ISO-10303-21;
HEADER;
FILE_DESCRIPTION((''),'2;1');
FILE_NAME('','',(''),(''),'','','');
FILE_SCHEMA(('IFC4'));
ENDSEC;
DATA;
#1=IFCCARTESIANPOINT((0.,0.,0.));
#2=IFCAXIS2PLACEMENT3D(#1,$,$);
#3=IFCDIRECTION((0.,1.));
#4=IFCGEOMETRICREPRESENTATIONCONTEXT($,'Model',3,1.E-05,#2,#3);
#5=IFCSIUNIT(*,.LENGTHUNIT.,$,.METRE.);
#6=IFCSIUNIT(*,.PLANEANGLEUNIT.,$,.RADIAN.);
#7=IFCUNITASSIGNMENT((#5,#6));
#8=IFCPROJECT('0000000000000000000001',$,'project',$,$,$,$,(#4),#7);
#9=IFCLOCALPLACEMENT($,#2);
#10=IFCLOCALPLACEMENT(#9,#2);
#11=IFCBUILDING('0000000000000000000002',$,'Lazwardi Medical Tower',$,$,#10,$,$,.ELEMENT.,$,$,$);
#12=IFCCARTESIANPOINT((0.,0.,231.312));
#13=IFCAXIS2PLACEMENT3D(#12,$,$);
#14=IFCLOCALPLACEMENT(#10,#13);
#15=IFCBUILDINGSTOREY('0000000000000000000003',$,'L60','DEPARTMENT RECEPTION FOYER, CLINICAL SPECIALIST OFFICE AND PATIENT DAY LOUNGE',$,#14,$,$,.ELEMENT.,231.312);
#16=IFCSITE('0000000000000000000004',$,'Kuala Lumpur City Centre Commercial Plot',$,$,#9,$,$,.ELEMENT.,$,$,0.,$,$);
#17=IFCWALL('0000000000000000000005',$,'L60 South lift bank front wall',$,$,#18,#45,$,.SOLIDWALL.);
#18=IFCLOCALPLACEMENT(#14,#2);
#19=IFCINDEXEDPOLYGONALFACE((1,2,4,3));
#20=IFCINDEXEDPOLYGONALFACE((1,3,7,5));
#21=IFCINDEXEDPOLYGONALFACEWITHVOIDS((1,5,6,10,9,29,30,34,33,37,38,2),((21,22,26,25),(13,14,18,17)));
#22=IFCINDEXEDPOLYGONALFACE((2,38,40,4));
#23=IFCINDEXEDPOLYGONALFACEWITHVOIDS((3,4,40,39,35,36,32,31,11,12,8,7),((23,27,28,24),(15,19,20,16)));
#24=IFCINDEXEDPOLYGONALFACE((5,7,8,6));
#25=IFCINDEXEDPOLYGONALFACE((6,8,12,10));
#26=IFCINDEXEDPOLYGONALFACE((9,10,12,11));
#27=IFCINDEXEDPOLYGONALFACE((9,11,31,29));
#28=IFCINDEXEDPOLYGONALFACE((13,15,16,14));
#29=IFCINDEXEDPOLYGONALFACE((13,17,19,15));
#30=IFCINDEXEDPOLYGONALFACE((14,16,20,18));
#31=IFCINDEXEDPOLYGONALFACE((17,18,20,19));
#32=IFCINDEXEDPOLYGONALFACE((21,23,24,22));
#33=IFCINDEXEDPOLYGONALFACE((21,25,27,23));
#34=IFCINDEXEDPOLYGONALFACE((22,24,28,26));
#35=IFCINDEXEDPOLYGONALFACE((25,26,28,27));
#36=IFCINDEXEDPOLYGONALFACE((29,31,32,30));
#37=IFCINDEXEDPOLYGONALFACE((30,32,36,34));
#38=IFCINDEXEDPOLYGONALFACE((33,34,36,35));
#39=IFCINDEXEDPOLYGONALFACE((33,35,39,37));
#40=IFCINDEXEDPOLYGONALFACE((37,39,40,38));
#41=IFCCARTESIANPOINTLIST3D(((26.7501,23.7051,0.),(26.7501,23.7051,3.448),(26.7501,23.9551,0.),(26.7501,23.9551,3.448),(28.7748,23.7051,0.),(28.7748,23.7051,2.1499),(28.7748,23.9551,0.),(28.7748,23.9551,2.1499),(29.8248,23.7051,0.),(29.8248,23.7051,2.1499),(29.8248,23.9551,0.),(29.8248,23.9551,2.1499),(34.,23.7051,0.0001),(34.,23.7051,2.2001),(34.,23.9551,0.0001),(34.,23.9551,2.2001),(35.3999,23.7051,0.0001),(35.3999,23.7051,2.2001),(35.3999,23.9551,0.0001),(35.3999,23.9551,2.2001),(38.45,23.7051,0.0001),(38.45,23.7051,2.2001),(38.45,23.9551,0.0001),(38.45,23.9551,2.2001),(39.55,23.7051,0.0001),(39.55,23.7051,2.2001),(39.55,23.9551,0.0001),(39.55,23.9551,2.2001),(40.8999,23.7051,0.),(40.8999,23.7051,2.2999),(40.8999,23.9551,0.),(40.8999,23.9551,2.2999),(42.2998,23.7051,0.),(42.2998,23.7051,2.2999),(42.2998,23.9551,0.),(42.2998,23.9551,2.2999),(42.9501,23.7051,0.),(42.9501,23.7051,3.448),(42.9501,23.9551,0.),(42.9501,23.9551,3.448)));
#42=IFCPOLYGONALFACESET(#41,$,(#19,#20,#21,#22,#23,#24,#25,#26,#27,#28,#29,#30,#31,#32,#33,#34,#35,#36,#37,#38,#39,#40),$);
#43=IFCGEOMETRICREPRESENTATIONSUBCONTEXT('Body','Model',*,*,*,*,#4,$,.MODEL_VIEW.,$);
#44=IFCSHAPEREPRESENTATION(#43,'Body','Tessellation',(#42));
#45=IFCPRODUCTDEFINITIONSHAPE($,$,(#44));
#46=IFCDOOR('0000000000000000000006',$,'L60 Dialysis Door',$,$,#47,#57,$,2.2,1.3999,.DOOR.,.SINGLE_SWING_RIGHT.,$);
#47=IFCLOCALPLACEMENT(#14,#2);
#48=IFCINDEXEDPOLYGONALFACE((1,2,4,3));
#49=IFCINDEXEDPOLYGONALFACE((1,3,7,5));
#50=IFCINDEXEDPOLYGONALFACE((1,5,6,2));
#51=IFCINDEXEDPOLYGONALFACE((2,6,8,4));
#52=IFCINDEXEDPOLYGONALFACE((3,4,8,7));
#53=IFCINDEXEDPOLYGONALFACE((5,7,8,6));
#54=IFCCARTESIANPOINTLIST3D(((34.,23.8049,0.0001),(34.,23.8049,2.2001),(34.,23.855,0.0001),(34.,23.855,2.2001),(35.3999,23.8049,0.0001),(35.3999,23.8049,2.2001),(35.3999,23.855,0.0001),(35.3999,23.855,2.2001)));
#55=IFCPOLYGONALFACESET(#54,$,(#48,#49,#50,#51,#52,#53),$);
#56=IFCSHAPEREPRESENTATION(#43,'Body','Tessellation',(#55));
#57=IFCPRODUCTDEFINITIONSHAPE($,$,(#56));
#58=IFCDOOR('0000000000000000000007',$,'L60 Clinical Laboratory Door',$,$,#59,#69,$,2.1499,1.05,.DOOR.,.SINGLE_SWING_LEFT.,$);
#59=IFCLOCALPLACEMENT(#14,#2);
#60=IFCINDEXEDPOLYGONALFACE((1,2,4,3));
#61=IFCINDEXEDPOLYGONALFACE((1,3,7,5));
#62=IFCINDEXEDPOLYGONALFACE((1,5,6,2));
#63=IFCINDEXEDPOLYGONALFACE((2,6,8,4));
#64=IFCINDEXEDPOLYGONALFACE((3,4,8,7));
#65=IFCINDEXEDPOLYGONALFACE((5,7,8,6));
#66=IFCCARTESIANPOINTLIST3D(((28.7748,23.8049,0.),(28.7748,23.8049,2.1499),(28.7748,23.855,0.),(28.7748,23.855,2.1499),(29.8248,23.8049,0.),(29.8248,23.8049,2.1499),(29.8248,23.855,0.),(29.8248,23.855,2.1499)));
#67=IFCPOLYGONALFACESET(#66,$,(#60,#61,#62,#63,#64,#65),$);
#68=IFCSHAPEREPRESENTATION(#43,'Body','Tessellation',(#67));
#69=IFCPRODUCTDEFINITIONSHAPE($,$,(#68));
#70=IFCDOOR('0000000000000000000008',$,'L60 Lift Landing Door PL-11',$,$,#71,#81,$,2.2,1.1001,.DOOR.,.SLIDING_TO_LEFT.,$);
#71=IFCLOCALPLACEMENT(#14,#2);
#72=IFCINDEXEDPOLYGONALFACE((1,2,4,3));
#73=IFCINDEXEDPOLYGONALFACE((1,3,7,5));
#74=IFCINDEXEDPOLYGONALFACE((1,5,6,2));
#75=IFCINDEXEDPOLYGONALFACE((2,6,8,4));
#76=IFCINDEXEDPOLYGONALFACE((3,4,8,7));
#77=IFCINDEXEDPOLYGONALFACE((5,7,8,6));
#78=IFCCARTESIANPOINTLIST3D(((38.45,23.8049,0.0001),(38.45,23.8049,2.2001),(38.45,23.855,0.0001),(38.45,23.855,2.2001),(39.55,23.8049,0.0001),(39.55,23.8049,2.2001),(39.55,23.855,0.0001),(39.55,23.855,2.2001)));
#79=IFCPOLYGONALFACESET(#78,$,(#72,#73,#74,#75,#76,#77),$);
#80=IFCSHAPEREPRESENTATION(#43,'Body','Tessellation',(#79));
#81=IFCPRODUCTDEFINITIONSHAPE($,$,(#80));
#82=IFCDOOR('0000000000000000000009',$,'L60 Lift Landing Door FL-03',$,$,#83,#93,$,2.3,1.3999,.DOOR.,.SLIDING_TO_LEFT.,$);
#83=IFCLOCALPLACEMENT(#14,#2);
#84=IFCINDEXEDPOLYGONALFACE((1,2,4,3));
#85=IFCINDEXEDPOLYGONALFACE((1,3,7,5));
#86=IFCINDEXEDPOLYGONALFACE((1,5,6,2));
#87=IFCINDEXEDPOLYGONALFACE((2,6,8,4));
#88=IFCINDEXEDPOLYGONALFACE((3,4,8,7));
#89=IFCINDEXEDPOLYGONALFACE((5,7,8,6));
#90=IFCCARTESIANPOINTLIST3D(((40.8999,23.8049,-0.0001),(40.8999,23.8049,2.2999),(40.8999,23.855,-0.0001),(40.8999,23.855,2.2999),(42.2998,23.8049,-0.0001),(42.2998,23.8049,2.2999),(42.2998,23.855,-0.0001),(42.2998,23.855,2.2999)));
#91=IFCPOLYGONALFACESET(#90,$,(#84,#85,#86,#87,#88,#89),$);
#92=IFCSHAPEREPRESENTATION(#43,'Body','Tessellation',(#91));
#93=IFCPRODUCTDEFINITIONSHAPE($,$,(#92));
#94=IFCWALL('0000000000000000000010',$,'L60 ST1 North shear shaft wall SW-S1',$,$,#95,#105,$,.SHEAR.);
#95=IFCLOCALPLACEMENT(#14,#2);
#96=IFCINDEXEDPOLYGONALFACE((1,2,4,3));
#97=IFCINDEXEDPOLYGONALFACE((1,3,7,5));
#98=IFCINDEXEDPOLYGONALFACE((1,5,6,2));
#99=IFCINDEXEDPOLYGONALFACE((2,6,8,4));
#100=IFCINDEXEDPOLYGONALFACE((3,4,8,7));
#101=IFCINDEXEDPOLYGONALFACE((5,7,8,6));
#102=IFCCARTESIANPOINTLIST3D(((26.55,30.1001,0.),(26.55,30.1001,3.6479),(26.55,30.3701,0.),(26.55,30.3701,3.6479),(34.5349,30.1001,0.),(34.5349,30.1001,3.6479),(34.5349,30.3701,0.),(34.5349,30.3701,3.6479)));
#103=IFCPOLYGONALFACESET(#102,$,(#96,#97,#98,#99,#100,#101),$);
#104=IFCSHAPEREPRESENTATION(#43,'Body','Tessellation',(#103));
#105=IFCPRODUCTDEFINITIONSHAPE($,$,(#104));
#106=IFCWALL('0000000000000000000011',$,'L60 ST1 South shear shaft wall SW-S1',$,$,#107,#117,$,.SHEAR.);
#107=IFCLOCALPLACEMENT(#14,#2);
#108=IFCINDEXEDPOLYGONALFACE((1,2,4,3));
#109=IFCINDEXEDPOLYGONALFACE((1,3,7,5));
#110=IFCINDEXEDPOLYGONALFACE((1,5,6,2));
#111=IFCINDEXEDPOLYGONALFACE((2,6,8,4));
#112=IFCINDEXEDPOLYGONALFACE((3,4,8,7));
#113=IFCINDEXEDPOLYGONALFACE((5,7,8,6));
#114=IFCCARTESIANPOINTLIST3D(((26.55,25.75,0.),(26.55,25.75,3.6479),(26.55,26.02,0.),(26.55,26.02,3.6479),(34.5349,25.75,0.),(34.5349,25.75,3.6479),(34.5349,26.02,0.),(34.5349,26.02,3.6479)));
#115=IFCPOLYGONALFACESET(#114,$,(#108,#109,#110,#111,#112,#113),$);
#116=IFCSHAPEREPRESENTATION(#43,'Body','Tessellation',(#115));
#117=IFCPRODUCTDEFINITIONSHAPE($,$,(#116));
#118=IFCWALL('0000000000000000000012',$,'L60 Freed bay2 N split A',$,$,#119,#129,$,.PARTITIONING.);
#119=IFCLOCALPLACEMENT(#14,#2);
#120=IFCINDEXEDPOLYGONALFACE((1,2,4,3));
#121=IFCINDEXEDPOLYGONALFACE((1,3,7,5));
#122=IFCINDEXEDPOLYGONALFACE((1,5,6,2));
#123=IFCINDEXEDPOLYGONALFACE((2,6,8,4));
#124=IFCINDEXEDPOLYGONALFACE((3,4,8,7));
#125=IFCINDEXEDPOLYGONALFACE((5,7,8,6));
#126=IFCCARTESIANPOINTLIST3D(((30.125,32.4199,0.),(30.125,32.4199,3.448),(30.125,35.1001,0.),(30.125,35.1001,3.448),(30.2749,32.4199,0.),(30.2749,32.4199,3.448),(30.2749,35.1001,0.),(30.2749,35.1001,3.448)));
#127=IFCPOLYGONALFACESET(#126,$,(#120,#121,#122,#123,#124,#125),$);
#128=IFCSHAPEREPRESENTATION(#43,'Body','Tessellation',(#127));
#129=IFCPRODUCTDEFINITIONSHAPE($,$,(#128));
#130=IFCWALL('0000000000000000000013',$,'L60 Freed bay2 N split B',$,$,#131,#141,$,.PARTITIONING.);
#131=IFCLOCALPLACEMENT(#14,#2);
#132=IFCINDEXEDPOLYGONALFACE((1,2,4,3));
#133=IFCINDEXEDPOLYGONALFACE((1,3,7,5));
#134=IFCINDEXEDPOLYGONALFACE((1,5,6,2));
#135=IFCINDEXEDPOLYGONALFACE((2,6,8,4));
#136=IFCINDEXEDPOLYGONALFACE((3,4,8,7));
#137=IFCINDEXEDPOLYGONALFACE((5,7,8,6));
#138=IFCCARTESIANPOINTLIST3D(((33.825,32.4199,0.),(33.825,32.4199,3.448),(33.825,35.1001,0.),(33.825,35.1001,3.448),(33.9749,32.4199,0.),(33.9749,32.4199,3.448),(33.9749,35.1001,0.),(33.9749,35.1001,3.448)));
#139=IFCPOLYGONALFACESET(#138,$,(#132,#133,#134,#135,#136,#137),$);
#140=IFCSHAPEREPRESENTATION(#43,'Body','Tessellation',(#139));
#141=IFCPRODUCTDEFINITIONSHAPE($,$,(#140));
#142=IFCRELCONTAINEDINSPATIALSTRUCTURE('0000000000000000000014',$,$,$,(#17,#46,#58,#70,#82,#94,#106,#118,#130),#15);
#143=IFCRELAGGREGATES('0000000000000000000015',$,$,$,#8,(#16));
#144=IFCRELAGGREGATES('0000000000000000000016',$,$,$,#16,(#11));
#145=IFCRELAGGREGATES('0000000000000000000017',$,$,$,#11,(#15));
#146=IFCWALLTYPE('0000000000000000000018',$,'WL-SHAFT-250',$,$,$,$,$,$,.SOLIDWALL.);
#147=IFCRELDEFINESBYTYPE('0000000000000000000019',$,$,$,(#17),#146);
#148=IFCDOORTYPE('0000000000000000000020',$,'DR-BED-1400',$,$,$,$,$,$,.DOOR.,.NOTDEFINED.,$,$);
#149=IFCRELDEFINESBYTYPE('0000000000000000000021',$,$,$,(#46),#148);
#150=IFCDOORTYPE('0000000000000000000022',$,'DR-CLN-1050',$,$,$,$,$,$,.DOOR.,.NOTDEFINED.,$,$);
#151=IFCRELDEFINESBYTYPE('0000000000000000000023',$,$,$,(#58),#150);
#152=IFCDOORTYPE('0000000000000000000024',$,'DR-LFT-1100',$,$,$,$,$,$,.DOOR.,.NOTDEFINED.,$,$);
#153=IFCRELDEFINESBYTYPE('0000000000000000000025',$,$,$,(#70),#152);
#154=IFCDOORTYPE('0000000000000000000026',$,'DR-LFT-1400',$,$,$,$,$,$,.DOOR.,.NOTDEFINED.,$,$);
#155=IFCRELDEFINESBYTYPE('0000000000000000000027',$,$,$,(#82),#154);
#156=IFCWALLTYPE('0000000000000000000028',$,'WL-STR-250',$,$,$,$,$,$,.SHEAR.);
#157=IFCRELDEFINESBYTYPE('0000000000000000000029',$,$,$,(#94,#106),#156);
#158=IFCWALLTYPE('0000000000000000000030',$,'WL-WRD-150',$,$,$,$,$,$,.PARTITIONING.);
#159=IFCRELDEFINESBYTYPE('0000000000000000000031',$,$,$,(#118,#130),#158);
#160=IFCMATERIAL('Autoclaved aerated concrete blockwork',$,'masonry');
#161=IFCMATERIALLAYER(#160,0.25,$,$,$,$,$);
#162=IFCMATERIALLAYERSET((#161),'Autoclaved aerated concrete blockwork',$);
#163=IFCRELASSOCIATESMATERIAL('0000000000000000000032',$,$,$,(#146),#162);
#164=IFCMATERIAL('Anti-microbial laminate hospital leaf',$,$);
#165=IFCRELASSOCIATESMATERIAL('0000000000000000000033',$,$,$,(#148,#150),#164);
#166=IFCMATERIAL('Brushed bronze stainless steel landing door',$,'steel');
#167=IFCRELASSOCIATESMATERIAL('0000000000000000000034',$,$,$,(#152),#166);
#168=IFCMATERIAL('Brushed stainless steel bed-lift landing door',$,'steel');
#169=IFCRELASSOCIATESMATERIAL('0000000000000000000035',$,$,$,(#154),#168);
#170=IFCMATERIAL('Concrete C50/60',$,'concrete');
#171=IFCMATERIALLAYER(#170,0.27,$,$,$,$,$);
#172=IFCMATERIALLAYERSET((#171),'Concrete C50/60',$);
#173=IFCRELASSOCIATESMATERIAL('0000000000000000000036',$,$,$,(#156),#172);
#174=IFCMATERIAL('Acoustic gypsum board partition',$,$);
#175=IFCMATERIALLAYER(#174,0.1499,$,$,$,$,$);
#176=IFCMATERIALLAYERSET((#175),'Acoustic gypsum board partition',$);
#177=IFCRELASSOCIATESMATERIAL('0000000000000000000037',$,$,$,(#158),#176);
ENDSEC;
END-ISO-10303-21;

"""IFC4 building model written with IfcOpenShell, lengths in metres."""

from ifc_helpers import new_model, si_unit, direction, frame, frame_2d, origin, place, context, subcontext, project, spatial, rectangle, extrude, material, layer, layer_set, type_object, element, fill, save


model = new_model("IFC4")

# Units and contexts
model_context = context("Model", 3, precision=1e-05, world=origin(), true_north=direction((0.0, 1.0)))
body_context = subcontext(model_context, "Body", "Model", "MODEL_VIEW")
ifc_project = project(units=[si_unit("LENGTHUNIT", "METRE"), si_unit("PLANEANGLEUNIT", "RADIAN")], contexts=[model_context])

# Site, building, storey
site_placement = place(None, origin())
site = spatial("IfcSite", under=ifc_project, at=site_placement, Name="Kuala Lumpur City Centre Commercial Plot", CompositionType="ELEMENT", RefElevation=0.0)
building_placement = place(site_placement, origin())
building = spatial("IfcBuilding", under=site, at=building_placement, Name="Lazwardi Medical Tower", CompositionType="ELEMENT")
storey_placement = place(building_placement, frame((0.0, 0.0, 231.312)))
storey = spatial("IfcBuildingStorey", under=building, at=storey_placement, Name="L60", Description="DEPARTMENT RECEPTION FOYER, CLINICAL SPECIALIST OFFICE AND PATIENT DAY LOUNGE", CompositionType="ELEMENT", Elevation=231.312)

# Wall, openings, doors
ifc_material_1 = material(Name="Autoclaved aerated concrete blockwork", Category="masonry")
ifc_layer_1 = layer(ifc_material_1, 0.25)
ifc_layer_set_1 = layer_set([ifc_layer_1], Name="Autoclaved aerated concrete blockwork")
wall_type_1 = type_object("IfcWallType", Name="WL-SHAFT-250", PredefinedType="SOLIDWALL", material=ifc_layer_set_1)
wall_1_placement = place(storey_placement, frame((26.75, 23.8301, 0.0), z_axis=(0.0, 0.0, 1.0), x_axis=(1.0, 0.0, 0.0)))
wall_1 = element("IfcWall", 1, at=wall_1_placement, inside=storey, type_object=wall_type_1, Name="L60 South lift bank front wall", PredefinedType="SOLIDWALL", context=body_context, shape_type="SweptSolid", body=[
    extrude(rectangle(XDim=16.2, YDim=0.25, at=frame_2d((8.1001, 0.0))), origin(), (0.0, 0.0, 1.0), 3.448),
])
opening_1_placement = place(wall_1_placement, frame((2.0249, 0.0, 0.0)))
opening_1 = element("IfcOpeningElement", 2, at=opening_1_placement, cuts=wall_1, PredefinedType="OPENING", context=body_context, shape_type="SweptSolid", body=[
    extrude(rectangle(XDim=1.05, YDim=2.1499, at=frame_2d((0.5249, 1.075))), frame((0.0, 0.135, 0.0), z_axis=(0.0, -1.0, 0.0), x_axis=(1.0, 0.0, 0.0)), (0.0, 0.0, 1.0), 0.27),
])
opening_2_placement = place(wall_1_placement, frame((7.25, 0.0, 0.0)))
opening_2 = element("IfcOpeningElement", 3, at=opening_2_placement, cuts=wall_1, PredefinedType="OPENING", context=body_context, shape_type="SweptSolid", body=[
    extrude(rectangle(XDim=1.3999, YDim=2.2, at=frame_2d((0.7, 1.1001))), frame((0.0, 0.135, 0.0), z_axis=(0.0, -1.0, 0.0), x_axis=(1.0, 0.0, 0.0)), (0.0, 0.0, 1.0), 0.27),
])
opening_3_placement = place(wall_1_placement, frame((11.7, 0.0, 0.0)))
opening_3 = element("IfcOpeningElement", 4, at=opening_3_placement, cuts=wall_1, PredefinedType="OPENING", context=body_context, shape_type="SweptSolid", body=[
    extrude(rectangle(XDim=1.1001, YDim=2.2, at=frame_2d((0.55, 1.1001))), frame((0.0, 0.135, 0.0), z_axis=(0.0, -1.0, 0.0), x_axis=(1.0, 0.0, 0.0)), (0.0, 0.0, 1.0), 0.27),
])
opening_4_placement = place(wall_1_placement, frame((14.1499, 0.0, 0.0)))
opening_4 = element("IfcOpeningElement", 5, at=opening_4_placement, cuts=wall_1, PredefinedType="OPENING", context=body_context, shape_type="SweptSolid", body=[
    extrude(rectangle(XDim=1.3999, YDim=2.3, at=frame_2d((0.7, 1.1499))), frame((0.0, 0.135, 0.0), z_axis=(0.0, -1.0, 0.0), x_axis=(1.0, 0.0, 0.0)), (0.0, 0.0, 1.0), 0.27),
])
ifc_material_2 = material(Name="Anti-microbial laminate hospital leaf")
door_type_1 = type_object("IfcDoorType", Name="DR-BED-1400", OperationType="NOTDEFINED", PredefinedType="DOOR", material=ifc_material_2)
door_1_placement = place(opening_2_placement, origin())
door_1 = element("IfcDoor", 6, at=door_1_placement, inside=storey, type_object=door_type_1, Name="L60 Dialysis Door", OperationType="SINGLE_SWING_RIGHT", OverallHeight=2.2, OverallWidth=1.3999, PredefinedType="DOOR", context=body_context, shape_type="SweptSolid", body=[
    extrude(rectangle(XDim=1.3999, YDim=2.2, at=frame_2d((0.7, 1.1001))), frame((0.0, 0.0249, 0.0), z_axis=(0.0, -1.0, 0.0), x_axis=(1.0, 0.0, 0.0)), (0.0, 0.0, 1.0), 0.05),
])
fill(opening_2, door_1)
door_type_2 = type_object("IfcDoorType", Name="DR-CLN-1050", OperationType="NOTDEFINED", PredefinedType="DOOR", material=ifc_material_2)
door_2_placement = place(opening_1_placement, origin())
door_2 = element("IfcDoor", 7, at=door_2_placement, inside=storey, type_object=door_type_2, Name="L60 Clinical Laboratory Door", OperationType="SINGLE_SWING_LEFT", OverallHeight=2.1499, OverallWidth=1.05, PredefinedType="DOOR", context=body_context, shape_type="SweptSolid", body=[
    extrude(rectangle(XDim=1.05, YDim=2.1499, at=frame_2d((0.5249, 1.075))), frame((0.0, 0.0249, 0.0), z_axis=(0.0, -1.0, 0.0), x_axis=(1.0, 0.0, 0.0)), (0.0, 0.0, 1.0), 0.05),
])
fill(opening_1, door_2)
ifc_material_3 = material(Name="Brushed bronze stainless steel landing door", Category="steel")
door_type_3 = type_object("IfcDoorType", Name="DR-LFT-1100", OperationType="NOTDEFINED", PredefinedType="DOOR", material=ifc_material_3)
door_3_placement = place(opening_3_placement, origin())
door_3 = element("IfcDoor", 8, at=door_3_placement, inside=storey, type_object=door_type_3, Name="L60 Lift Landing Door PL-11", OperationType="SLIDING_TO_LEFT", OverallHeight=2.2, OverallWidth=1.1001, PredefinedType="DOOR", context=body_context, shape_type="SweptSolid", body=[
    extrude(rectangle(XDim=1.1001, YDim=2.2, at=frame_2d((0.55, 1.1001))), frame((0.0, 0.0249, 0.0), z_axis=(0.0, -1.0, 0.0), x_axis=(1.0, 0.0, 0.0)), (0.0, 0.0, 1.0), 0.05),
])
fill(opening_3, door_3)
ifc_material_4 = material(Name="Brushed stainless steel bed-lift landing door", Category="steel")
door_type_4 = type_object("IfcDoorType", Name="DR-LFT-1400", OperationType="NOTDEFINED", PredefinedType="DOOR", material=ifc_material_4)
door_4_placement = place(opening_4_placement, origin())
door_4 = element("IfcDoor", 9, at=door_4_placement, inside=storey, type_object=door_type_4, Name="L60 Lift Landing Door FL-03", OperationType="SLIDING_TO_LEFT", OverallHeight=2.3, OverallWidth=1.3999, PredefinedType="DOOR", context=body_context, shape_type="SweptSolid", body=[
    extrude(rectangle(XDim=1.3999, YDim=2.3, at=frame_2d((0.7, 1.1499))), frame((0.0, 0.0249, 0.0), z_axis=(0.0, -1.0, 0.0), x_axis=(1.0, 0.0, 0.0)), (0.0, 0.0, 1.0), 0.05),
])
fill(opening_4, door_4)

# Walls
ifc_material_5 = material(Name="Concrete C50/60", Category="concrete")
ifc_layer_2 = layer(ifc_material_5, 0.27)
ifc_layer_set_2 = layer_set([ifc_layer_2], Name="Concrete C50/60")
wall_type_2 = type_object("IfcWallType", Name="WL-STR-250", PredefinedType="SHEAR", material=ifc_layer_set_2)
for number, where, z_axis, x_axis, name in (
    (10, (26.55, 30.2351, 0.0), (0.0, 0.0, 1.0), (1.0, 0.0, 0.0), "L60 ST1 North shear shaft wall SW-S1"),
    (11, (26.55, 25.885, 0.0), (0.0, 0.0, 1.0), (1.0, 0.0, 0.0), "L60 ST1 South shear shaft wall SW-S1"),
):
    element("IfcWall", number, at=place(storey_placement, frame(where, z_axis=z_axis, x_axis=x_axis)), inside=storey, type_object=wall_type_2, Name=name, PredefinedType="SHEAR", context=body_context, shape_type="SweptSolid", body=[
        extrude(rectangle(XDim=7.9849, YDim=0.27, at=frame_2d((3.9924, 0.0))), origin(), (0.0, 0.0, 1.0), 3.6479),
    ])

# Walls
ifc_material_6 = material(Name="Acoustic gypsum board partition")
ifc_layer_3 = layer(ifc_material_6, 0.1499)
ifc_layer_set_3 = layer_set([ifc_layer_3], Name="Acoustic gypsum board partition")
wall_type_3 = type_object("IfcWallType", Name="WL-WRD-150", PredefinedType="PARTITIONING", material=ifc_layer_set_3)
for number, where, z_axis, x_axis, name in (
    (12, (30.2, 32.4199, 0.0), (0.0, 0.0, 1.0), (0.0, 1.0, 0.0), "L60 Freed bay2 N split A"),
    (13, (33.8999, 32.4199, 0.0), (0.0, 0.0, 1.0), (0.0, 1.0, 0.0), "L60 Freed bay2 N split B"),
):
    element("IfcWall", number, at=place(storey_placement, frame(where, z_axis=z_axis, x_axis=x_axis)), inside=storey, type_object=wall_type_3, Name=name, PredefinedType="PARTITIONING", context=body_context, shape_type="SweptSolid", body=[
        extrude(rectangle(XDim=2.6802, YDim=0.1499, at=frame_2d((1.3401, 0.0))), origin(), (0.0, 0.0, 1.0), 3.448),
    ])

save(model, "model.ifc")
